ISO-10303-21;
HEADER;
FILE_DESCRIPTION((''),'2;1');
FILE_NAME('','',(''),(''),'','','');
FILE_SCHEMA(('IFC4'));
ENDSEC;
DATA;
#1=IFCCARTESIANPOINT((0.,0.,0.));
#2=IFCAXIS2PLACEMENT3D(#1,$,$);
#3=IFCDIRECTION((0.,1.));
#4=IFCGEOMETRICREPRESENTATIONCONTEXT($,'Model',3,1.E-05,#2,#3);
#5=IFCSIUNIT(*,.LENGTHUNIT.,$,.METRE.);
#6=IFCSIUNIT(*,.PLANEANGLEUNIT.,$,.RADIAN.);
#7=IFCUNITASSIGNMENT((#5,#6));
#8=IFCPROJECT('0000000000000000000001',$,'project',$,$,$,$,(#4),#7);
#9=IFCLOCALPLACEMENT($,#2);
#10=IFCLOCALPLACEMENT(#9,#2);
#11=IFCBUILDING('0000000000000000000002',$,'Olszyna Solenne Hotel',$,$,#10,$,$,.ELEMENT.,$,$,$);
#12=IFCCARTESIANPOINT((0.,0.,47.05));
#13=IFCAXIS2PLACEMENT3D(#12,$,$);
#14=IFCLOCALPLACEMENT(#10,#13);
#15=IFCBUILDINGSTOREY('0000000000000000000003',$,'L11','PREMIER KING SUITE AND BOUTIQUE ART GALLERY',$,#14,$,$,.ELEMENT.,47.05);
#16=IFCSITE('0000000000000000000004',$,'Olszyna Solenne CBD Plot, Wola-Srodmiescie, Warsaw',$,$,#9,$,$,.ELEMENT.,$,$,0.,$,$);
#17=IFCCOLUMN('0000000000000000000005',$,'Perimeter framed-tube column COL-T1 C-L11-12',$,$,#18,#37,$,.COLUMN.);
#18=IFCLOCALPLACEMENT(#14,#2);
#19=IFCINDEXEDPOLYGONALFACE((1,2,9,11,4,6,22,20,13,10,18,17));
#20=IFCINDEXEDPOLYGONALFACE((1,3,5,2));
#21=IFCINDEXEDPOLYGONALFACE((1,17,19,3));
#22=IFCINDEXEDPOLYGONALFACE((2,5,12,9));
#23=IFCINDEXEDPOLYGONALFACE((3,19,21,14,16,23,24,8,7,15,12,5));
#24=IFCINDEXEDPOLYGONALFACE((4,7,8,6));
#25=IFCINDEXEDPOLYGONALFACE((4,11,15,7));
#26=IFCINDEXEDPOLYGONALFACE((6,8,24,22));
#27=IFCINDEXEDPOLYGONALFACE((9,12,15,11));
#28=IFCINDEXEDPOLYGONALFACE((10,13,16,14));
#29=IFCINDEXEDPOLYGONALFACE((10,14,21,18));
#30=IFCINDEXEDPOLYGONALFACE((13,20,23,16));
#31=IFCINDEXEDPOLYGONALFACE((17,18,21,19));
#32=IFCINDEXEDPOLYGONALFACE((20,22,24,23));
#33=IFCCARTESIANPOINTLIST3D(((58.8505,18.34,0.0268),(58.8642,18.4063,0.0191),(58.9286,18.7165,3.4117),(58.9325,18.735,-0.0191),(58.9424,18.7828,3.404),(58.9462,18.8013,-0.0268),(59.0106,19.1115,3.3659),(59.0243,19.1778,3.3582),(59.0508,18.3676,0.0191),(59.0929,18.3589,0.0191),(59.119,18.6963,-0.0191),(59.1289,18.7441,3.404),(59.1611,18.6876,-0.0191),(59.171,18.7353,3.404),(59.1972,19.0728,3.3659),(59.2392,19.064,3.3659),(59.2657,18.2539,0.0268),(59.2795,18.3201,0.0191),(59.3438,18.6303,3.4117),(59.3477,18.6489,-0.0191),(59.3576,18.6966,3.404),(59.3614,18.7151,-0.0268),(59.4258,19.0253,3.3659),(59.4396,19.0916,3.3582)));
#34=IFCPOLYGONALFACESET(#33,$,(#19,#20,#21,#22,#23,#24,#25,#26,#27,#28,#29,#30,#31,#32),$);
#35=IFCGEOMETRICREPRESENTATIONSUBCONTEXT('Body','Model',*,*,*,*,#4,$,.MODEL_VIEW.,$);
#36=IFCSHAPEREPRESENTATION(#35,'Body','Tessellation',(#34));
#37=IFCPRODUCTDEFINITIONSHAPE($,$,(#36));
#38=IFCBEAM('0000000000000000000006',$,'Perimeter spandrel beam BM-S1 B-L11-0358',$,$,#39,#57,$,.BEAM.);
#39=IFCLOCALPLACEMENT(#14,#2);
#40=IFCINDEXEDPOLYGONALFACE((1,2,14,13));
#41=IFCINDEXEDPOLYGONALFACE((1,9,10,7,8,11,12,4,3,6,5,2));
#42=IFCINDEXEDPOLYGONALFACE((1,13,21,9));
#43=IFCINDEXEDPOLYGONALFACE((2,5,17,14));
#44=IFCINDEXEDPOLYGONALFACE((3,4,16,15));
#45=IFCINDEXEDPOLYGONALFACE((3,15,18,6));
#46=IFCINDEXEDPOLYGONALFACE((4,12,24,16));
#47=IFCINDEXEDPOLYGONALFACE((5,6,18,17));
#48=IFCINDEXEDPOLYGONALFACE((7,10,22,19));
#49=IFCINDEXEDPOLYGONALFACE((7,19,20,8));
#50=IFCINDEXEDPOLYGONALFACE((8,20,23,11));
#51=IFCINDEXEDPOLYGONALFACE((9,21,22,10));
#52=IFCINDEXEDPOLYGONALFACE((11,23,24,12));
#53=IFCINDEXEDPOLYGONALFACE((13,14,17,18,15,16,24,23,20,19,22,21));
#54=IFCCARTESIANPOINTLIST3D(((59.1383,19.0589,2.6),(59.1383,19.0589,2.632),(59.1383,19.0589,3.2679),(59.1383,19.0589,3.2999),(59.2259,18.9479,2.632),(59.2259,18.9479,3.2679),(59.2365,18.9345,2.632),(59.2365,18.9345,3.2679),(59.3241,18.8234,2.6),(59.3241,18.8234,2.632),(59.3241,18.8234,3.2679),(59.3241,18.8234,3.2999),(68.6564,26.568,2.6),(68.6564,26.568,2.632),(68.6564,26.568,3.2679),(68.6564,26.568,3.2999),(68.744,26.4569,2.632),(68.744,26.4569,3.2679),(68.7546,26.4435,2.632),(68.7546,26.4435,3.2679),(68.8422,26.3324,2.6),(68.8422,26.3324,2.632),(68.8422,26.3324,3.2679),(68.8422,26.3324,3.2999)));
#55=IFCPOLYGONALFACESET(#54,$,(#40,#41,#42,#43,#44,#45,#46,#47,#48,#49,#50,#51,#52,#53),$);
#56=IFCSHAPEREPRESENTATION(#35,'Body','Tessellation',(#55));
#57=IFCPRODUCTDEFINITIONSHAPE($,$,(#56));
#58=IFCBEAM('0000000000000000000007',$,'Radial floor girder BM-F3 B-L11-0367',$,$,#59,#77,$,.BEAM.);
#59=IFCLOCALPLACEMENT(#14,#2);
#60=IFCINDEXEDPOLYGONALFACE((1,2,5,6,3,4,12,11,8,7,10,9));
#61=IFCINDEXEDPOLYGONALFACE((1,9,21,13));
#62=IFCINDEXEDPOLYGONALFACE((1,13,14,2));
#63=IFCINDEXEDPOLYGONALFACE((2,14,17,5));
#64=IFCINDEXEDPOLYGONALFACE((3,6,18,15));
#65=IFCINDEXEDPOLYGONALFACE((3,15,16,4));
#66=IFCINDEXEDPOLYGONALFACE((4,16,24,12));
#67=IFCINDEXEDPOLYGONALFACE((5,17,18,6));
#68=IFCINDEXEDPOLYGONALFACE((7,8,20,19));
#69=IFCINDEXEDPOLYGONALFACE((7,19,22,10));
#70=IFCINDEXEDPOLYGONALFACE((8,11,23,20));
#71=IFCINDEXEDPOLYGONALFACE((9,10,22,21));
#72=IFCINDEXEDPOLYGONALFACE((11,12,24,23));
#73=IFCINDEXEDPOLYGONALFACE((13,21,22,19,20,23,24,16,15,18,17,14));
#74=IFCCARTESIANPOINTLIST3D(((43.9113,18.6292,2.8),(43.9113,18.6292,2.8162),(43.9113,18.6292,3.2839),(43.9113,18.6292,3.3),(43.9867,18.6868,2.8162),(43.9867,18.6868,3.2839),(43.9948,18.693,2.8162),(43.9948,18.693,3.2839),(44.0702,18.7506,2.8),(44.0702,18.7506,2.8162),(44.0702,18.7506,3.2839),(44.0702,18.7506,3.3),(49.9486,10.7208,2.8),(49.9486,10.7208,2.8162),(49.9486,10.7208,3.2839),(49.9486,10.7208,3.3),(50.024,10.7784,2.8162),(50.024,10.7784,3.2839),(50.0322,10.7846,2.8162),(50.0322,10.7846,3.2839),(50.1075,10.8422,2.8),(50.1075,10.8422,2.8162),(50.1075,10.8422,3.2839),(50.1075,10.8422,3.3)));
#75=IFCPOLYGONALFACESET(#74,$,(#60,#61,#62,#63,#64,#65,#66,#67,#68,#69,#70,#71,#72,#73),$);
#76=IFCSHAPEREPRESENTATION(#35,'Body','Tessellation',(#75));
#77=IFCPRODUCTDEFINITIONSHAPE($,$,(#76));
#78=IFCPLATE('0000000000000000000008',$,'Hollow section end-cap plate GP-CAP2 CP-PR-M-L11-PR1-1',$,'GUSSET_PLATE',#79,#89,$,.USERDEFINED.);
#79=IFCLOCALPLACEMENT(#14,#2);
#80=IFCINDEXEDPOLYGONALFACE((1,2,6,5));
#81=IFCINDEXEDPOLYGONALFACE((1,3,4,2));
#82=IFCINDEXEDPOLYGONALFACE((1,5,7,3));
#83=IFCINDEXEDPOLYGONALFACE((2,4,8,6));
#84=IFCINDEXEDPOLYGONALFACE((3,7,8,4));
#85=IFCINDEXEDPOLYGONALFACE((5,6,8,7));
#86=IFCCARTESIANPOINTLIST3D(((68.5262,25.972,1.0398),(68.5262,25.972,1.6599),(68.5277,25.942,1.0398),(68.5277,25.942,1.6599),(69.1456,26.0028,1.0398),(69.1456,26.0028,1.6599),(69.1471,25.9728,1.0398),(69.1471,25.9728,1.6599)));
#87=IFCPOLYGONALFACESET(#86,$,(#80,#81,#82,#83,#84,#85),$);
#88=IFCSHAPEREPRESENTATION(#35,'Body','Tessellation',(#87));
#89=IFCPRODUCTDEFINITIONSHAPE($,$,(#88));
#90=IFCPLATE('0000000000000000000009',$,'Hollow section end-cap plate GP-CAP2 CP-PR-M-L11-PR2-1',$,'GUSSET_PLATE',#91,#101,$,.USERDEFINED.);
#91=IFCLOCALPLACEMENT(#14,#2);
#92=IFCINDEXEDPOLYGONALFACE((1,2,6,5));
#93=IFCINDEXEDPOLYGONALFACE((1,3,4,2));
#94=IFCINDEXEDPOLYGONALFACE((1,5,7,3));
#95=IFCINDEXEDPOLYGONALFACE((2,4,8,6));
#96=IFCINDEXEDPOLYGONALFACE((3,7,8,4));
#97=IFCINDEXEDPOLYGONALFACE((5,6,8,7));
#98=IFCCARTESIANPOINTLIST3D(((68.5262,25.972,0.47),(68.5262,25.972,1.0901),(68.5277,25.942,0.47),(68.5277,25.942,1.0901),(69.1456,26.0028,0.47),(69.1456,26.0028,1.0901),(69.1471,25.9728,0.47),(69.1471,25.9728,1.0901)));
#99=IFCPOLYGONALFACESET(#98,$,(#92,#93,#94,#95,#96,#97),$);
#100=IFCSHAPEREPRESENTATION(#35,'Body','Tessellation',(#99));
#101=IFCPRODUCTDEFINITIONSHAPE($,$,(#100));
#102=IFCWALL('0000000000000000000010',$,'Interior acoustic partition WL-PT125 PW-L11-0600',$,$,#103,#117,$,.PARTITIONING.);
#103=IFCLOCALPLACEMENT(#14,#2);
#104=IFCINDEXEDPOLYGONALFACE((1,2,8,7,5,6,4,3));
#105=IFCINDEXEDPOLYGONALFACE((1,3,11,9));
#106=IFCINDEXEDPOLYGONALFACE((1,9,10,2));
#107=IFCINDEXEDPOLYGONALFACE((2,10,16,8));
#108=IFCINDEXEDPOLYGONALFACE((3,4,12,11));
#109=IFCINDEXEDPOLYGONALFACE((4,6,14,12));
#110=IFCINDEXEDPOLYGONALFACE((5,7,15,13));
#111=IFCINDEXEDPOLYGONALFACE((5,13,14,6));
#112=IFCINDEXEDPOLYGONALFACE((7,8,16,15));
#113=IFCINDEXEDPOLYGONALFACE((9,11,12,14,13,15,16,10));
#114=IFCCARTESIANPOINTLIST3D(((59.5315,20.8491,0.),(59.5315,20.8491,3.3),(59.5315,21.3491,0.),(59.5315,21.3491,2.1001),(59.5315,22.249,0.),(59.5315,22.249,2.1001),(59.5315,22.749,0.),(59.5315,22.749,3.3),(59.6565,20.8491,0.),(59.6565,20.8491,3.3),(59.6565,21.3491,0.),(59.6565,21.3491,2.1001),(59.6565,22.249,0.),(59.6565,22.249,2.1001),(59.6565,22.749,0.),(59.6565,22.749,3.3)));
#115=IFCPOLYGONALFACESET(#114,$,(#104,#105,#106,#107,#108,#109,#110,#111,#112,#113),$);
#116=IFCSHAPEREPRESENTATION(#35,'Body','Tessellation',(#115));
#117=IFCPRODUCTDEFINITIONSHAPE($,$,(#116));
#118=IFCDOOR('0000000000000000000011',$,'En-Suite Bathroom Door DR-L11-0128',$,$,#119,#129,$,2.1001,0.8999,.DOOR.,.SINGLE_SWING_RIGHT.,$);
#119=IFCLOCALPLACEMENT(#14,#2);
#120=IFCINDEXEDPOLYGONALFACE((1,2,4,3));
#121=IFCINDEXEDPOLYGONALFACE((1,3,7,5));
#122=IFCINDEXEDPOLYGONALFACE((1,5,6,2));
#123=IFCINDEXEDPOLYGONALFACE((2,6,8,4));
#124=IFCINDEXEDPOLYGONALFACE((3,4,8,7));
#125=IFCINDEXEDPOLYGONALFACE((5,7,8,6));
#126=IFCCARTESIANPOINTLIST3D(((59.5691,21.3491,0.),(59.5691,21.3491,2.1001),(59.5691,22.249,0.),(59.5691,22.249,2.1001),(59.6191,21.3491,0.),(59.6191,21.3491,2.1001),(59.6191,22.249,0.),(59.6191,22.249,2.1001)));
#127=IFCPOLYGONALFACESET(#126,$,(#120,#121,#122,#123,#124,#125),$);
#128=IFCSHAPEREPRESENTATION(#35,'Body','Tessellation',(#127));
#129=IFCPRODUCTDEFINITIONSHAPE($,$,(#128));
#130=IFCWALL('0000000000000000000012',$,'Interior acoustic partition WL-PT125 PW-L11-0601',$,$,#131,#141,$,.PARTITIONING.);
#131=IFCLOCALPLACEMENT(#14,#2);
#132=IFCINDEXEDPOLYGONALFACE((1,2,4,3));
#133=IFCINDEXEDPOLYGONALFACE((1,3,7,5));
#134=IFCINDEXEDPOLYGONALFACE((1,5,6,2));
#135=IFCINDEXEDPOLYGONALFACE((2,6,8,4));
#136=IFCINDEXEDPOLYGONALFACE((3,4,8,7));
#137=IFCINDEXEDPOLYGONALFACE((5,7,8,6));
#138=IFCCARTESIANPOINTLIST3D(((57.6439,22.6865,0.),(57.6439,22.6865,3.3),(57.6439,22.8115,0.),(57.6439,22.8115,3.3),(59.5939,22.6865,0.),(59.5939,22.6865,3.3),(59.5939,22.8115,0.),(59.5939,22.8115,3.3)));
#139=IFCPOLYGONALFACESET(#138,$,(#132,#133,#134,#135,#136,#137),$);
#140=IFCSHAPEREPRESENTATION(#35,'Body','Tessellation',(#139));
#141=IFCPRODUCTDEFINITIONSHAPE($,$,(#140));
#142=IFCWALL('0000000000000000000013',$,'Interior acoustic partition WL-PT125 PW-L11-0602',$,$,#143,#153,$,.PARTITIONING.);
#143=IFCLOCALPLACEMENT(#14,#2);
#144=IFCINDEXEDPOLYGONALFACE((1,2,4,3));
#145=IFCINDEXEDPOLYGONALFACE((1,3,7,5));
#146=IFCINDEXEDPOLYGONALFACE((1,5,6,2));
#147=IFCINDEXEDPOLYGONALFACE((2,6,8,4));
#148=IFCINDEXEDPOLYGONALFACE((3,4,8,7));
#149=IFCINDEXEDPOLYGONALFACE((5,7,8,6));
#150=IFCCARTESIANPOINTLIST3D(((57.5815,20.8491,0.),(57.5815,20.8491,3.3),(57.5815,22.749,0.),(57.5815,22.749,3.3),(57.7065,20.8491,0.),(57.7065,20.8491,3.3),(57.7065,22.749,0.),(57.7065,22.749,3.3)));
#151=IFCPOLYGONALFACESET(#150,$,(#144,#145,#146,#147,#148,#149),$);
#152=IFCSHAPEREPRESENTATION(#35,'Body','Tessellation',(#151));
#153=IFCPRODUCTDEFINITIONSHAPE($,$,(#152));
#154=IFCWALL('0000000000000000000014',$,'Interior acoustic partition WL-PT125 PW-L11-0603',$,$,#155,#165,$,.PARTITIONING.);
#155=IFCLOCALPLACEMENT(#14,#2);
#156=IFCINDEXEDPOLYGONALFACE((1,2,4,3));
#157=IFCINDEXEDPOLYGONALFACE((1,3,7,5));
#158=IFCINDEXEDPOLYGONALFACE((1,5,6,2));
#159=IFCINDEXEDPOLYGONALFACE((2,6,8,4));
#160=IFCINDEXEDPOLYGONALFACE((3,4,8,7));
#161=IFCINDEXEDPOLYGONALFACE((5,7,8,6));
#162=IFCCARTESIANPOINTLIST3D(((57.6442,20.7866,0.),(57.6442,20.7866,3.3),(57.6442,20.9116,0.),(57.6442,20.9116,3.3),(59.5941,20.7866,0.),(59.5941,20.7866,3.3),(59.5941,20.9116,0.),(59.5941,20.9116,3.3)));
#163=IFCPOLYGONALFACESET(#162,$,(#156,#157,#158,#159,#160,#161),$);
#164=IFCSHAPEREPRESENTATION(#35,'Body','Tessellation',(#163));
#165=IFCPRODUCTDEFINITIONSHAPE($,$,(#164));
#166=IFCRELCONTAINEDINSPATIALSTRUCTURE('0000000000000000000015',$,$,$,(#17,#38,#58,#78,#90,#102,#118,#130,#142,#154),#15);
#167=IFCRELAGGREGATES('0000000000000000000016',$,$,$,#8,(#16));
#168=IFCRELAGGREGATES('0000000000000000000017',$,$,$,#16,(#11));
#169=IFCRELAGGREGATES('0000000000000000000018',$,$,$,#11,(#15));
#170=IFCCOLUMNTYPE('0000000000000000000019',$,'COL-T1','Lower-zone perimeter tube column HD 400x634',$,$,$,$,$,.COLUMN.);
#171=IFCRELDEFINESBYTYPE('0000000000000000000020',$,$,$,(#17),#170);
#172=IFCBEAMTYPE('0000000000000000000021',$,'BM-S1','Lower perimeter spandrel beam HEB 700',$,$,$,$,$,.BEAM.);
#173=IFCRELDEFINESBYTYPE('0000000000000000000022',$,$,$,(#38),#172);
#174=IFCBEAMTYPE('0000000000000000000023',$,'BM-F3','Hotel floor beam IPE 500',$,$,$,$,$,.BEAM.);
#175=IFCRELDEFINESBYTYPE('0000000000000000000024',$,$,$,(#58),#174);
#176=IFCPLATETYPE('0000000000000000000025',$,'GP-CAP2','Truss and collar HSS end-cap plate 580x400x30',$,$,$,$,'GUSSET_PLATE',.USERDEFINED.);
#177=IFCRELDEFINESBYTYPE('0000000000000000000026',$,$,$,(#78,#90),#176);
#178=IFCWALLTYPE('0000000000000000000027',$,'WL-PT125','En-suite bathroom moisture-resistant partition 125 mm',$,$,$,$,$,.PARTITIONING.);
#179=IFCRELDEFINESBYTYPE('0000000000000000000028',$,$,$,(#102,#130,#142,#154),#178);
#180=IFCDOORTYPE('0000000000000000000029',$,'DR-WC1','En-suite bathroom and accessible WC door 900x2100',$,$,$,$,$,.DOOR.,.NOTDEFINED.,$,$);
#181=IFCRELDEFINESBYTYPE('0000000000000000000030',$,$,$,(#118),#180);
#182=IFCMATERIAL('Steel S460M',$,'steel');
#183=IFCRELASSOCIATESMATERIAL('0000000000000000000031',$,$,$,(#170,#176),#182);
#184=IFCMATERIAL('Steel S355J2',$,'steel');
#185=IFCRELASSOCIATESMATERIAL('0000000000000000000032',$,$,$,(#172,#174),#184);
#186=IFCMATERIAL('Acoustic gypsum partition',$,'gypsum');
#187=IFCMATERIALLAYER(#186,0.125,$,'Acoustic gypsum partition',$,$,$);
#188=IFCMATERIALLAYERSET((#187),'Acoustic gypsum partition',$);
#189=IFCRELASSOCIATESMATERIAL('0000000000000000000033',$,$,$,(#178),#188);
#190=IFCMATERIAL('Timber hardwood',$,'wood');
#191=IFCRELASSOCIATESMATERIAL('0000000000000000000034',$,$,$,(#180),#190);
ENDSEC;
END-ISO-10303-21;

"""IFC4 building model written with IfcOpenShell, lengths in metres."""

from ifc_helpers import new_model, si_unit, direction, frame, frame_2d, origin, origin_2d, place, context, subcontext, project, spatial, rectangle, i_section, extrude, source, transform, mapped, material, layer, layer_set, material_profile, profile_set, type_object, type_shapes, element, fill, save


model = new_model("IFC4")

# Units and contexts
model_context = context("Model", 3, precision=1e-05, world=origin(), true_north=direction((0.0, 1.0)))
body_context = subcontext(model_context, "Body", "Model", "MODEL_VIEW")
ifc_project = project(units=[si_unit("LENGTHUNIT", "METRE"), si_unit("PLANEANGLEUNIT", "RADIAN")], contexts=[model_context])

# Site, building, storey
site_placement = place(None, origin())
site = spatial("IfcSite", under=ifc_project, at=site_placement, Name="Olszyna Solenne CBD Plot, Wola-Srodmiescie, Warsaw", CompositionType="ELEMENT", RefElevation=0.0)
building_placement = place(site_placement, origin())
building = spatial("IfcBuilding", under=site, at=building_placement, Name="Olszyna Solenne Hotel", CompositionType="ELEMENT")
storey_placement = place(building_placement, frame((0.0, 0.0, 47.05)))
storey = spatial("IfcBuildingStorey", under=building, at=storey_placement, Name="L11", Description="PREMIER KING SUITE AND BOUTIQUE ART GALLERY", CompositionType="ELEMENT", Elevation=47.05)

# Column
ifc_material_1 = material(Name="Steel S460M", Category="steel")
ifc_material_profile_1 = material_profile(ifc_material_1, i_section(OverallWidth=0.4241, OverallDepth=0.4741, WebThickness=0.043, FlangeThickness=0.0681, at=origin_2d()), Name="HD 400x634", Category="load-bearing")
ifc_profile_set_1 = profile_set([ifc_material_profile_1], Name="Steel S460M")
column_type = type_object("IfcColumnType", Name="COL-T1", Description="Lower-zone perimeter tube column HD 400x634", PredefinedType="COLUMN", material=ifc_profile_set_1)
shared_shape_1 = source(origin(), body_context, "Body", "SweptSolid", [
    extrude(i_section(OverallWidth=0.4241, OverallDepth=0.4741, WebThickness=0.043, FlangeThickness=0.0681, at=origin_2d()), origin(), (0.0, 0.0, 1.0), 3.4067),
])
column_placement = place(storey_placement, frame((59.106, 18.5276, 0.0), z_axis=(0.022932, 0.110505, 0.993611), x_axis=(-0.979139, 0.203193, 0.0)))
element("IfcColumn", 1, at=column_placement, inside=storey, type_object=column_type, Name="Perimeter framed-tube column COL-T1 C-L11-12", PredefinedType="COLUMN", context=body_context, shape_type="MappedRepresentation", body=[
    mapped(shared_shape_1, transform((0.0, 0.0, 0.0), x_axis=(1.0, 0.0, 0.0), y_axis=(0.0, 1.0, 0.0), z_axis=(0.0, 0.0, 1.0), scale=1.0)),
])

# Beams
ifc_material_2 = material(Name="Steel S355J2", Category="steel")
ifc_material_profile_2 = material_profile(ifc_material_2, i_section(OverallWidth=0.3, OverallDepth=0.7, WebThickness=0.0171, FlangeThickness=0.032, at=origin_2d()), Name="HEB 700", Category="load-bearing")
ifc_profile_set_2 = profile_set([ifc_material_profile_2], Name="Steel S355J2")
beam_type_1 = type_object("IfcBeamType", Name="BM-S1", Description="Lower perimeter spandrel beam HEB 700", PredefinedType="BEAM", material=ifc_profile_set_2)
shared_shape_2 = source(origin(), body_context, "Body", "SweptSolid", [
    extrude(i_section(OverallWidth=0.3, OverallDepth=0.7, WebThickness=0.0171, FlangeThickness=0.032, at=origin_2d()), origin(), (0.0, 0.0, 1.0), 12.1235),
])
beam_1_placement = place(storey_placement, frame((59.2312, 18.9412, 2.95), z_axis=(0.785093, 0.619379, 0.0), x_axis=(-0.619379, 0.785093, 0.0)))
element("IfcBeam", 2, at=beam_1_placement, inside=storey, type_object=beam_type_1, Name="Perimeter spandrel beam BM-S1 B-L11-0358", PredefinedType="BEAM", context=body_context, shape_type="MappedRepresentation", body=[
    mapped(shared_shape_2, transform((0.0, 0.0, 0.0), x_axis=(1.0, 0.0, 0.0), y_axis=(0.0, 1.0, 0.0), z_axis=(0.0, 0.0, 1.0), scale=1.0)),
])
ifc_material_profile_3 = material_profile(ifc_material_2, i_section(OverallWidth=0.2, OverallDepth=0.5, WebThickness=0.0103, FlangeThickness=0.0161, at=origin_2d()), Name="IPE 500", Category="load-bearing")
ifc_profile_set_3 = profile_set([ifc_material_profile_3], Name="Steel S355J2")
beam_type_2 = type_object("IfcBeamType", Name="BM-F3", Description="Hotel floor beam IPE 500", PredefinedType="BEAM", material=ifc_profile_set_3)
shared_shape_3 = source(origin(), body_context, "Body", "SweptSolid", [
    extrude(i_section(OverallWidth=0.2, OverallDepth=0.5, WebThickness=0.0103, FlangeThickness=0.0161, at=origin_2d()), origin(), (0.0, 0.0, 1.0), 9.9495),
])
beam_2_placement = place(storey_placement, frame((50.0281, 10.7815, 3.05), z_axis=(-0.606798, 0.794856, 0.0), x_axis=(-0.794856, -0.606798, 0.0)))
element("IfcBeam", 3, at=beam_2_placement, inside=storey, type_object=beam_type_2, Name="Radial floor girder BM-F3 B-L11-0367", PredefinedType="BEAM", context=body_context, shape_type="MappedRepresentation", body=[
    mapped(shared_shape_3, transform((0.0, 0.0, 0.0), x_axis=(1.0, 0.0, 0.0), y_axis=(0.0, 1.0, 0.0), z_axis=(0.0, 0.0, 1.0), scale=1.0)),
])

# Plates
plate_type = type_object("IfcPlateType", Name="GP-CAP2", Description="Truss and collar HSS end-cap plate 580x400x30", ElementType="GUSSET_PLATE", PredefinedType="USERDEFINED", material=ifc_material_1)
shared_shape_4 = source(origin(), body_context, "Body", "SweptSolid", [
    extrude(rectangle(XDim=0.03, YDim=0.6201, at=origin_2d()), origin(), (0.0, 0.0, 1.0), 0.6201),
])
for number, where, z_axis, x_axis, name in (
    (4, (68.8367, 25.9724, 1.0398), (0.0, 0.0, 1.0), (-0.049721, 0.998763, 0.0), "Hollow section end-cap plate GP-CAP2 CP-PR-M-L11-PR1-1"),
    (5, (68.8367, 25.9724, 0.47), (0.0, 0.0, 1.0), (-0.049721, 0.998763, 0.0), "Hollow section end-cap plate GP-CAP2 CP-PR-M-L11-PR2-1"),
):
    element("IfcPlate", number, at=place(storey_placement, frame(where, z_axis=z_axis, x_axis=x_axis)), inside=storey, type_object=plate_type, Name=name, ObjectType="GUSSET_PLATE", PredefinedType="USERDEFINED", context=body_context, shape_type="MappedRepresentation", body=[
        mapped(shared_shape_4, transform((0.0, 0.0, 0.0), x_axis=(1.0, 0.0, 0.0), y_axis=(0.0, 1.0, 0.0), z_axis=(0.0, 0.0, 1.0), scale=1.0)),
    ])

# Wall, opening, door
ifc_material_3 = material(Name="Acoustic gypsum partition", Category="gypsum")
ifc_layer = layer(ifc_material_3, 0.125, Name="Acoustic gypsum partition")
ifc_layer_set = layer_set([ifc_layer], Name="Acoustic gypsum partition")
wall_type = type_object("IfcWallType", Name="WL-PT125", Description="En-suite bathroom moisture-resistant partition 125 mm", PredefinedType="PARTITIONING", material=ifc_layer_set)
wall_1_placement = place(storey_placement, frame((59.594, 20.8491, 0.0), z_axis=(0.0, 0.0, 1.0), x_axis=(0.0, 1.0, 0.0)))
wall_1 = element("IfcWall", 6, at=wall_1_placement, inside=storey, type_object=wall_type, Name="Interior acoustic partition WL-PT125 PW-L11-0600", PredefinedType="PARTITIONING", context=body_context, shape_type="SweptSolid", body=[
    extrude(rectangle(XDim=1.8999, YDim=0.125, at=frame_2d((0.95, 0.0))), origin(), (0.0, 0.0, 1.0), 3.3),
])
opening_1_placement = place(wall_1_placement, frame((0.5, 0.0, 0.0)))
opening_1 = element("IfcOpeningElement", 7, at=opening_1_placement, cuts=wall_1, PredefinedType="OPENING", context=body_context, shape_type="SweptSolid", body=[
    extrude(rectangle(XDim=0.8999, YDim=2.1001, at=frame_2d((0.45, 1.05))), frame((0.0, 0.0725, 0.0), z_axis=(0.0, -1.0, 0.0), x_axis=(1.0, 0.0, 0.0)), (0.0, 0.0, 1.0), 0.145),
])
ifc_material_4 = material(Name="Timber hardwood", Category="wood")
door_type = type_object("IfcDoorType", Name="DR-WC1", Description="En-suite bathroom and accessible WC door 900x2100", OperationType="NOTDEFINED", PredefinedType="DOOR", material=ifc_material_4)
shared_shape_5 = source(origin(), body_context, "Body", "SweptSolid", [
    extrude(rectangle(XDim=0.8999, YDim=2.1001, at=frame_2d((0.45, 1.05))), frame((0.0, 0.0249, 0.0), z_axis=(0.0, -1.0, 0.0), x_axis=(1.0, 0.0, 0.0)), (0.0, 0.0, 1.0), 0.05),
])
type_shapes(door_type, [shared_shape_5])
door_1_placement = place(opening_1_placement, origin())
door_1 = element("IfcDoor", 8, at=door_1_placement, inside=storey, type_object=door_type, Name="En-Suite Bathroom Door DR-L11-0128", OperationType="SINGLE_SWING_RIGHT", OverallHeight=2.1001, OverallWidth=0.8999, PredefinedType="DOOR", context=body_context, shape_type="MappedRepresentation", body=[
    mapped(shared_shape_5, transform((0.0, 0.0, 0.0), x_axis=(1.0, 0.0, 0.0), y_axis=(0.0, 1.0, 0.0), z_axis=(0.0, 0.0, 1.0), scale=1.0)),
])
fill(opening_1, door_1)

# Walls
wall_2_placement = place(storey_placement, frame((59.594, 22.749, 0.0), z_axis=(0.0, 0.0, 1.0), x_axis=(-1.0, 0.0, 0.0)))
element("IfcWall", 9, at=wall_2_placement, inside=storey, type_object=wall_type, Name="Interior acoustic partition WL-PT125 PW-L11-0601", PredefinedType="PARTITIONING", context=body_context, shape_type="SweptSolid", body=[
    extrude(rectangle(XDim=1.95, YDim=0.125, at=frame_2d((0.9751, 0.0))), origin(), (0.0, 0.0, 1.0), 3.3),
])
wall_3_placement = place(storey_placement, frame((57.644, 22.749, 0.0), z_axis=(0.0, 0.0, 1.0), x_axis=(0.0, -1.0, 0.0)))
element("IfcWall", 10, at=wall_3_placement, inside=storey, type_object=wall_type, Name="Interior acoustic partition WL-PT125 PW-L11-0602", PredefinedType="PARTITIONING", context=body_context, shape_type="SweptSolid", body=[
    extrude(rectangle(XDim=1.8999, YDim=0.125, at=frame_2d((0.95, 0.0))), origin(), (0.0, 0.0, 1.0), 3.3),
])
wall_4_placement = place(storey_placement, frame((57.644, 20.8491, 0.0), z_axis=(0.0, 0.0, 1.0), x_axis=(1.0, 0.0, 0.0)))
element("IfcWall", 11, at=wall_4_placement, inside=storey, type_object=wall_type, Name="Interior acoustic partition WL-PT125 PW-L11-0603", PredefinedType="PARTITIONING", context=body_context, shape_type="SweptSolid", body=[
    extrude(rectangle(XDim=1.95, YDim=0.125, at=frame_2d((0.9751, 0.0))), origin(), (0.0, 0.0, 1.0), 3.3),
])

save(model, "model.ifc")
